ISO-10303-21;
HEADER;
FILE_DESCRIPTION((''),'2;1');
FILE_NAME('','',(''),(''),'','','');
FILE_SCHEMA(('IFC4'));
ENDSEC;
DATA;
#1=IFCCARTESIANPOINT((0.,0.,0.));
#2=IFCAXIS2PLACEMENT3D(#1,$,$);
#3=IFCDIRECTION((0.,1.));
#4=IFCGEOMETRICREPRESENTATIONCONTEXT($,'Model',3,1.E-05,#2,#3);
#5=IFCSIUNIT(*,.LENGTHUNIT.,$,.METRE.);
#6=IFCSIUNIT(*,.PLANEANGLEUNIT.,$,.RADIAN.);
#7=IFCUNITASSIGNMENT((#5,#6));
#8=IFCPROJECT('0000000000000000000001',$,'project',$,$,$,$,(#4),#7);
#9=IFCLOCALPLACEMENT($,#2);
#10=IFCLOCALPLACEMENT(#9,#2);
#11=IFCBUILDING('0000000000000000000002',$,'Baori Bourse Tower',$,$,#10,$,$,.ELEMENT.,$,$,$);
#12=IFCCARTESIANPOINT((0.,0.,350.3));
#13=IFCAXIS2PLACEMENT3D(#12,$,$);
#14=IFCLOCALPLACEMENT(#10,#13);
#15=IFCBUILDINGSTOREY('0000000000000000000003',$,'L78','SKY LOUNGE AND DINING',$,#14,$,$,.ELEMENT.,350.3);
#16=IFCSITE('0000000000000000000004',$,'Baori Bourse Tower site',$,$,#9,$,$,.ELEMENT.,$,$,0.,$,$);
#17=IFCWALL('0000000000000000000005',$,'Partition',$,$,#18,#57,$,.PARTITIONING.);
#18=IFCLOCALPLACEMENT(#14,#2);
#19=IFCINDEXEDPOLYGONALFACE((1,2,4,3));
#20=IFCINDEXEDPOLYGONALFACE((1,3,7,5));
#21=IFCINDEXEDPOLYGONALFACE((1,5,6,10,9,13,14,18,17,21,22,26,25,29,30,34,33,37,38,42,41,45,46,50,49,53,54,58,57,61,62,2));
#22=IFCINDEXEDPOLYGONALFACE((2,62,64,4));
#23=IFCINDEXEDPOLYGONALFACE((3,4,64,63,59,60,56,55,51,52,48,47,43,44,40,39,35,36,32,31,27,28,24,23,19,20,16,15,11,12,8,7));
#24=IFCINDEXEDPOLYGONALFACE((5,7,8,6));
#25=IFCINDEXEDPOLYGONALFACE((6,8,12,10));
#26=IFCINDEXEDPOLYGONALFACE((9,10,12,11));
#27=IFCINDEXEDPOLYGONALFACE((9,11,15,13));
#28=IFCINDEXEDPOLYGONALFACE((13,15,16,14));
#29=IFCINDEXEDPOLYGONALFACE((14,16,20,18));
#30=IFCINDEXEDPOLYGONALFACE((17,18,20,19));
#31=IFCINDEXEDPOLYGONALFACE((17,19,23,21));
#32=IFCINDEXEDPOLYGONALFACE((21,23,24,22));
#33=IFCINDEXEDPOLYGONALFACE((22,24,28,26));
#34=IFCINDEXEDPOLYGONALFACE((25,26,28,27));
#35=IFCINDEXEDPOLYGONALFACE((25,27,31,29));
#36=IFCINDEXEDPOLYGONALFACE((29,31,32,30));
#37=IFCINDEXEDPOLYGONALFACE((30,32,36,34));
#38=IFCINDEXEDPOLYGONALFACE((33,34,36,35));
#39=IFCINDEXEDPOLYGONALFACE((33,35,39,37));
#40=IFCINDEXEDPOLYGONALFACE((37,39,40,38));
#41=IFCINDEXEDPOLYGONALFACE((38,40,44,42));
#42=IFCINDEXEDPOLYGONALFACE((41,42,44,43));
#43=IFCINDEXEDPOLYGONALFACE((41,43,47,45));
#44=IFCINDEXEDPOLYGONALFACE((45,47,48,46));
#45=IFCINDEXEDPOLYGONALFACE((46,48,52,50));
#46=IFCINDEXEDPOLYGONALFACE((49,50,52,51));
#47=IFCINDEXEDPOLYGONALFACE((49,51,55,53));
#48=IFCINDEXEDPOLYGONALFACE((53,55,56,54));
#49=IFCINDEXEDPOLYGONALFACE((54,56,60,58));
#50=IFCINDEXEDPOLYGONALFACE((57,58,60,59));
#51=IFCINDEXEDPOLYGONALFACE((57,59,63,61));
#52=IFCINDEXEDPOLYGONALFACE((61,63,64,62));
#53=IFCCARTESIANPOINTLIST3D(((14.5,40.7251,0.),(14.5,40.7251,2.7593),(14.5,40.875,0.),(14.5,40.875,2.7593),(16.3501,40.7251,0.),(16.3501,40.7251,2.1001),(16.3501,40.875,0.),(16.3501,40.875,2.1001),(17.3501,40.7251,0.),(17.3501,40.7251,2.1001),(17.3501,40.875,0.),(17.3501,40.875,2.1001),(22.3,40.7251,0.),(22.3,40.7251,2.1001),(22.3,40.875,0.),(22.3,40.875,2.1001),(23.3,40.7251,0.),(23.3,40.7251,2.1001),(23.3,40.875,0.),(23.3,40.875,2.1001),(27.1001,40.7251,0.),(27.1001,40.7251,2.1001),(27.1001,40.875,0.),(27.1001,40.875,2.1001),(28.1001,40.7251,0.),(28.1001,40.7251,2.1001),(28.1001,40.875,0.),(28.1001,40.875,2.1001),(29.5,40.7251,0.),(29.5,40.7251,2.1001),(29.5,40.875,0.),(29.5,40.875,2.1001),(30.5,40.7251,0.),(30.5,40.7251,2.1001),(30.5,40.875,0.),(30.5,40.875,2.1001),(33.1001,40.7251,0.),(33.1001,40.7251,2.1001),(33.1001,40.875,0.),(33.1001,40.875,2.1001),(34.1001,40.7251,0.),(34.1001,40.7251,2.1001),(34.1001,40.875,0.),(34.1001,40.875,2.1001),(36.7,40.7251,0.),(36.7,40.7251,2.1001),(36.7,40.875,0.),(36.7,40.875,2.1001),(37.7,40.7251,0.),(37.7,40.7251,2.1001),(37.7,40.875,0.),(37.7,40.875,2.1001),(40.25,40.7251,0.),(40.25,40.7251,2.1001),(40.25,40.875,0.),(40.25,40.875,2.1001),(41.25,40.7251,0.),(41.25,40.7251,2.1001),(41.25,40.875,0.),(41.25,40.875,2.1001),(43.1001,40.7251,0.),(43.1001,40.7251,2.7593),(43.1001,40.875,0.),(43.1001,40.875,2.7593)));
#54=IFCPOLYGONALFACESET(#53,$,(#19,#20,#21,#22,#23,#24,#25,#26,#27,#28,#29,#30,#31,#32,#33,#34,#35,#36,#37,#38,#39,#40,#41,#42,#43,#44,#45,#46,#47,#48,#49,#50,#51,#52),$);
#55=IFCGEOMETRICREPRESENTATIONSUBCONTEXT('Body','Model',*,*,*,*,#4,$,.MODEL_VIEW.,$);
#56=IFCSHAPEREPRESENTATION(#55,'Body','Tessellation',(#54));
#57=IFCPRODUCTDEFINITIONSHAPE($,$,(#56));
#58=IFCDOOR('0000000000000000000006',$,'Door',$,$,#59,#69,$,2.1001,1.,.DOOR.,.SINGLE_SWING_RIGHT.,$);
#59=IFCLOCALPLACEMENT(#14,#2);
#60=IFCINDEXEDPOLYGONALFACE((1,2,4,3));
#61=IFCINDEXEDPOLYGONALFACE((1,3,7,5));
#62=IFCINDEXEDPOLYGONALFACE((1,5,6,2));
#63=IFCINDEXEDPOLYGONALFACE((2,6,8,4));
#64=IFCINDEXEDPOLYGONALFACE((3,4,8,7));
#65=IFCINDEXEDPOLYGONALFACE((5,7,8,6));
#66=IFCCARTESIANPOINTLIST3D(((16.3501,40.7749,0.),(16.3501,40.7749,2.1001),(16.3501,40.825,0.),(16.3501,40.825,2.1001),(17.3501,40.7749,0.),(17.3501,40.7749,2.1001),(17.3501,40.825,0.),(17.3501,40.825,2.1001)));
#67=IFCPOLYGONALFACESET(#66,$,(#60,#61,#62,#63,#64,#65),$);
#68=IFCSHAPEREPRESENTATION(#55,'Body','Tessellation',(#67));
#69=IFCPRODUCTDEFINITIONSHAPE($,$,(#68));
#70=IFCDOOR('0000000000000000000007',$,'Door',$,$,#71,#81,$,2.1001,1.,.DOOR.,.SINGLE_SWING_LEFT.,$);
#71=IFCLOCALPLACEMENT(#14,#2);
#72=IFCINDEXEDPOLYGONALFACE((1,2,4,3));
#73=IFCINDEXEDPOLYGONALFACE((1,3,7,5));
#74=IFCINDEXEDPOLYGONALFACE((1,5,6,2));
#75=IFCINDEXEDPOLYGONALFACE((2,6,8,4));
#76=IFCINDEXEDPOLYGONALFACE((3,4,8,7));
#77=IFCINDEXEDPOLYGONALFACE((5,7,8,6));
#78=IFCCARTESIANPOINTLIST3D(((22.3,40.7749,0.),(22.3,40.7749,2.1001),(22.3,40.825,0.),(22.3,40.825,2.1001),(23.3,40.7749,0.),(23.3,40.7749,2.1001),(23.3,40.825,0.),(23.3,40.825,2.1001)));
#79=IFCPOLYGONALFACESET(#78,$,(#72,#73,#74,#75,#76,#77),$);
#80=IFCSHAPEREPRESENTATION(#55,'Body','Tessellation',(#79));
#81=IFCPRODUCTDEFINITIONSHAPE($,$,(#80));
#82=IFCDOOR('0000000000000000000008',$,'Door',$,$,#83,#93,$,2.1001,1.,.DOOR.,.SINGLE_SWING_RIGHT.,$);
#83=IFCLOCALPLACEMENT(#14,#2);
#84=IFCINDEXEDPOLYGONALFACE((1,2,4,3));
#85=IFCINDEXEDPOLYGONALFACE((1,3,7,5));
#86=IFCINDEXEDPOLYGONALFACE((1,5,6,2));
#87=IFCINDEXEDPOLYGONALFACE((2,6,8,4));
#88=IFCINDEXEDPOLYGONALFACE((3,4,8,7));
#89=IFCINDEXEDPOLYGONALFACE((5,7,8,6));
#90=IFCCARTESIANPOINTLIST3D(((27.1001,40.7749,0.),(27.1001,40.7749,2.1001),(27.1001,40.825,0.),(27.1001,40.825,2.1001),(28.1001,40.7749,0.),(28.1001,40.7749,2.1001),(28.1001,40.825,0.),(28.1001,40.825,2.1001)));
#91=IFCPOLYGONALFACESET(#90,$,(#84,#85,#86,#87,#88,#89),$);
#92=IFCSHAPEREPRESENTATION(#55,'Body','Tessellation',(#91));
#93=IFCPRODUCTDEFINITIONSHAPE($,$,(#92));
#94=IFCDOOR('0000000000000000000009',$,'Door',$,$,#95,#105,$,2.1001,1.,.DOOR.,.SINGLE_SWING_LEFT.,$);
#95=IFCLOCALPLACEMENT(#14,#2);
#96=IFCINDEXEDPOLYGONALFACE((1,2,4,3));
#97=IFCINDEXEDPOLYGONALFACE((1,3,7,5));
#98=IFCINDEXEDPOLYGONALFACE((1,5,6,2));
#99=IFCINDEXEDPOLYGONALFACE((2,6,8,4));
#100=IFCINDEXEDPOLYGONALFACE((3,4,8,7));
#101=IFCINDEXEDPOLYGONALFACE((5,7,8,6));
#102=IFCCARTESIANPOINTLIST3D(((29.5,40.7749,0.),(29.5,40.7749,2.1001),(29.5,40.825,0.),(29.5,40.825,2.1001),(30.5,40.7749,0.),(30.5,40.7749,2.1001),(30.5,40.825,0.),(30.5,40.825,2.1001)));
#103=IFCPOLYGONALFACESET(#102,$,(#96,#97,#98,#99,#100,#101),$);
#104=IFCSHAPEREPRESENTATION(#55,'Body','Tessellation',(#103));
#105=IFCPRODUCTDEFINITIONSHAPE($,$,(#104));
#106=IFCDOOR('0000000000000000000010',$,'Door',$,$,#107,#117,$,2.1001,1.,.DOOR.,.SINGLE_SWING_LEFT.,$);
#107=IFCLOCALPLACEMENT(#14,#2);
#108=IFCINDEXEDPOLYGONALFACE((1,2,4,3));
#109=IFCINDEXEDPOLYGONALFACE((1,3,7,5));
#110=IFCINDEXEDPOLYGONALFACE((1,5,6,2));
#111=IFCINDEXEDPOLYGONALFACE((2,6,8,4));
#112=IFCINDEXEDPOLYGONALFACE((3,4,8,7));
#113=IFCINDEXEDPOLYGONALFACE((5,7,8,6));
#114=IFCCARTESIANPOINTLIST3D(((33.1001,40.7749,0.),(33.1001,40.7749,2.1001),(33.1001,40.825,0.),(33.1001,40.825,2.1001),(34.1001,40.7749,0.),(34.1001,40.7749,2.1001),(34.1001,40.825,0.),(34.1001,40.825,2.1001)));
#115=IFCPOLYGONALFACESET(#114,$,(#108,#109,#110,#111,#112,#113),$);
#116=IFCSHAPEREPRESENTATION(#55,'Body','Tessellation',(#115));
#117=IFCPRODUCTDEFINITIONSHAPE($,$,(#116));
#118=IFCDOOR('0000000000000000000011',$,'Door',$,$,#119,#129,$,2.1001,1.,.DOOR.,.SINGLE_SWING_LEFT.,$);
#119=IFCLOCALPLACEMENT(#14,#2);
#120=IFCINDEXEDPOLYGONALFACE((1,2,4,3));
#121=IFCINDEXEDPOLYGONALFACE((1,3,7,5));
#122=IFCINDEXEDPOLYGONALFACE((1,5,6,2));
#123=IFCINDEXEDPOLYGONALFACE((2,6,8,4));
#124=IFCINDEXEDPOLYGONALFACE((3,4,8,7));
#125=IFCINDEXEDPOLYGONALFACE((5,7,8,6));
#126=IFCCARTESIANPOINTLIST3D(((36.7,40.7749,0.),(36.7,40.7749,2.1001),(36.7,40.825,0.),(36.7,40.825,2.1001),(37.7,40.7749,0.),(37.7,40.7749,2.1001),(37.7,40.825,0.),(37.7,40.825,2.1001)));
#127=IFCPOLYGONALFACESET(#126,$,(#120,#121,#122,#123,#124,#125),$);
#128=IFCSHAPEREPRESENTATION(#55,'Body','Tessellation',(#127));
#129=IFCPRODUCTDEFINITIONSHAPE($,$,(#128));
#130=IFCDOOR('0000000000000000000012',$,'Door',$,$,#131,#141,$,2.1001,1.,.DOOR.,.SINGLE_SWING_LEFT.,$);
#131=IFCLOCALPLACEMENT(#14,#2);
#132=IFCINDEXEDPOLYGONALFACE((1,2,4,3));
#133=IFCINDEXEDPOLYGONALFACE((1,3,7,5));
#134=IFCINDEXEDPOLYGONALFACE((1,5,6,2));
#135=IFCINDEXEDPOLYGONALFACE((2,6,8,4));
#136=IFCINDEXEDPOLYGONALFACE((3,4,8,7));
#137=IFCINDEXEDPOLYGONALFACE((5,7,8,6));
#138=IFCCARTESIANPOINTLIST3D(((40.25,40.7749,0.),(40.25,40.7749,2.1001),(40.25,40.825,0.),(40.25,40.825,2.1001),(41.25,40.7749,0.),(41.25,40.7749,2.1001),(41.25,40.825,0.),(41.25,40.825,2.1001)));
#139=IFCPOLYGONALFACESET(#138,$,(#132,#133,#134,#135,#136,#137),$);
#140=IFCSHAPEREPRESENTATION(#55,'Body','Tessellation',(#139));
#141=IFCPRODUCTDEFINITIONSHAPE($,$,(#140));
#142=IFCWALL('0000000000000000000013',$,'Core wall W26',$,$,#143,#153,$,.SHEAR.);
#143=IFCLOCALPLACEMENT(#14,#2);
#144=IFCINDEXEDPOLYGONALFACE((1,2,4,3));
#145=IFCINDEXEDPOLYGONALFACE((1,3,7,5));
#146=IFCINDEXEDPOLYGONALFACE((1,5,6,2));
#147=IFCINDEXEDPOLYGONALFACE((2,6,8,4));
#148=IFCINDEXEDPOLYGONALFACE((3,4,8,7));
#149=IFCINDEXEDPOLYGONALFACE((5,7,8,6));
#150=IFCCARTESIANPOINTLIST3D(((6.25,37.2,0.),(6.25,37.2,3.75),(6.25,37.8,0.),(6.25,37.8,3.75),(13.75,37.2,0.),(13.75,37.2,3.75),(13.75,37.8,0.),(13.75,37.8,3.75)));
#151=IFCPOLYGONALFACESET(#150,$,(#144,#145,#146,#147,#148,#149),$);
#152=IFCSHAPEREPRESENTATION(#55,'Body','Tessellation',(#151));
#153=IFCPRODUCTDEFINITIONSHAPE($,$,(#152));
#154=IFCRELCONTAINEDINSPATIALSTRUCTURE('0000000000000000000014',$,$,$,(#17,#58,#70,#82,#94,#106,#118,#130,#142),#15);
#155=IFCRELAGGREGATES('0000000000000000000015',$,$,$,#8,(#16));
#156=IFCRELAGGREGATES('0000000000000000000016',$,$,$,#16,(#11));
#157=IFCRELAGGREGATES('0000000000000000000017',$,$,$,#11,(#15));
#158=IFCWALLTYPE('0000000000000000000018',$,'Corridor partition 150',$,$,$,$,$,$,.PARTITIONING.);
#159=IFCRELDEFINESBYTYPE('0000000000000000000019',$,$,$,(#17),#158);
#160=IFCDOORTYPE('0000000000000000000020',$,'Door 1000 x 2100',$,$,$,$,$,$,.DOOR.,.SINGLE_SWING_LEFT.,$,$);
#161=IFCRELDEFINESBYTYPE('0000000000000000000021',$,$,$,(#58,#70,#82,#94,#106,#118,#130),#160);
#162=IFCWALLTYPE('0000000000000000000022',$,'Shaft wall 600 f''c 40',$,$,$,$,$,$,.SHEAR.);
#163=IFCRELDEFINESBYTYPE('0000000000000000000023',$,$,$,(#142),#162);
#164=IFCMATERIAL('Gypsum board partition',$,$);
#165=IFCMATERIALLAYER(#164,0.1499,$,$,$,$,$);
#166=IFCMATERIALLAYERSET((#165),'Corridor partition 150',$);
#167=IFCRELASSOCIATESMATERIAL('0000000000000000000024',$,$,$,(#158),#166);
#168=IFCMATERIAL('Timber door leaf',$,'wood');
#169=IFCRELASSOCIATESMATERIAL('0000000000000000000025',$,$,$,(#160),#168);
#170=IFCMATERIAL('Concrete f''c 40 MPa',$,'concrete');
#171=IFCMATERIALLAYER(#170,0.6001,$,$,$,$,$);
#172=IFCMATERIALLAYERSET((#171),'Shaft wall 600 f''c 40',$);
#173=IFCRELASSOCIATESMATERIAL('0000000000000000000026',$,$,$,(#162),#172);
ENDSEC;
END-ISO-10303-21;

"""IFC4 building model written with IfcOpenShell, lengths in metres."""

from ifc_helpers import new_model, si_unit, direction, frame, frame_2d, origin, place, context, subcontext, project, spatial, rectangle, extrude, material, layer, layer_set, type_object, element, fill, save


model = new_model("IFC4")

# Units and contexts
model_context = context("Model", 3, precision=1e-05, world=origin(), true_north=direction((0.0, 1.0)))
body_context = subcontext(model_context, "Body", "Model", "MODEL_VIEW")
ifc_project = project(units=[si_unit("LENGTHUNIT", "METRE"), si_unit("PLANEANGLEUNIT", "RADIAN")], contexts=[model_context])

# Site, building, storey
site_placement = place(None, origin())
site = spatial("IfcSite", under=ifc_project, at=site_placement, Name="Baori Bourse Tower site", CompositionType="ELEMENT", RefElevation=0.0)
building_placement = place(site_placement, origin())
building = spatial("IfcBuilding", under=site, at=building_placement, Name="Baori Bourse Tower", CompositionType="ELEMENT")
storey_placement = place(building_placement, frame((0.0, 0.0, 350.3)))
storey = spatial("IfcBuildingStorey", under=building, at=storey_placement, Name="L78", Description="SKY LOUNGE AND DINING", CompositionType="ELEMENT", Elevation=350.3)

# Wall, openings, doors
ifc_material_1 = material(Name="Gypsum board partition")
ifc_layer_1 = layer(ifc_material_1, 0.1499)
ifc_layer_set_1 = layer_set([ifc_layer_1], Name="Corridor partition 150")
wall_type_1 = type_object("IfcWallType", Name="Corridor partition 150", PredefinedType="PARTITIONING", material=ifc_layer_set_1)
wall_1_placement = place(storey_placement, frame((14.5, 40.8, 0.0), z_axis=(0.0, 0.0, 1.0), x_axis=(1.0, 0.0, 0.0)))
wall_1 = element("IfcWall", 1, at=wall_1_placement, inside=storey, type_object=wall_type_1, Name="Partition", PredefinedType="PARTITIONING", context=body_context, shape_type="SweptSolid", body=[
    extrude(rectangle(XDim=28.6001, YDim=0.1499, at=frame_2d((14.3, 0.0))), origin(), (0.0, 0.0, 1.0), 2.7593),
])
opening_1_placement = place(wall_1_placement, frame((1.8501, 0.0, 0.0)))
opening_1 = element("IfcOpeningElement", 2, at=opening_1_placement, cuts=wall_1, PredefinedType="OPENING", context=body_context, shape_type="SweptSolid", body=[
    extrude(rectangle(XDim=1.0, YDim=2.1001, at=frame_2d((0.5, 1.05))), frame((0.0, 0.085, 0.0), z_axis=(0.0, -1.0, 0.0), x_axis=(1.0, 0.0, 0.0)), (0.0, 0.0, 1.0), 0.1699),
])
opening_2_placement = place(wall_1_placement, frame((7.8, 0.0, 0.0)))
opening_2 = element("IfcOpeningElement", 3, at=opening_2_placement, cuts=wall_1, PredefinedType="OPENING", context=body_context, shape_type="SweptSolid", body=[
    extrude(rectangle(XDim=1.0, YDim=2.1001, at=frame_2d((0.5, 1.05))), frame((0.0, 0.085, 0.0), z_axis=(0.0, -1.0, 0.0), x_axis=(1.0, 0.0, 0.0)), (0.0, 0.0, 1.0), 0.1699),
])
opening_3_placement = place(wall_1_placement, frame((12.6001, 0.0, 0.0)))
opening_3 = element("IfcOpeningElement", 4, at=opening_3_placement, cuts=wall_1, PredefinedType="OPENING", context=body_context, shape_type="SweptSolid", body=[
    extrude(rectangle(XDim=1.0, YDim=2.1001, at=frame_2d((0.5, 1.05))), frame((0.0, 0.085, 0.0), z_axis=(0.0, -1.0, 0.0), x_axis=(1.0, 0.0, 0.0)), (0.0, 0.0, 1.0), 0.1699),
])
opening_4_placement = place(wall_1_placement, frame((15.0, 0.0, 0.0)))
opening_4 = element("IfcOpeningElement", 5, at=opening_4_placement, cuts=wall_1, PredefinedType="OPENING", context=body_context, shape_type="SweptSolid", body=[
    extrude(rectangle(XDim=1.0, YDim=2.1001, at=frame_2d((0.5, 1.05))), frame((0.0, 0.085, 0.0), z_axis=(0.0, -1.0, 0.0), x_axis=(1.0, 0.0, 0.0)), (0.0, 0.0, 1.0), 0.1699),
])
opening_5_placement = place(wall_1_placement, frame((18.6001, 0.0, 0.0)))
opening_5 = element("IfcOpeningElement", 6, at=opening_5_placement, cuts=wall_1, PredefinedType="OPENING", context=body_context, shape_type="SweptSolid", body=[
    extrude(rectangle(XDim=1.0, YDim=2.1001, at=frame_2d((0.5, 1.05))), frame((0.0, 0.085, 0.0), z_axis=(0.0, -1.0, 0.0), x_axis=(1.0, 0.0, 0.0)), (0.0, 0.0, 1.0), 0.1699),
])
opening_6_placement = place(wall_1_placement, frame((22.2, 0.0, 0.0)))
opening_6 = element("IfcOpeningElement", 7, at=opening_6_placement, cuts=wall_1, PredefinedType="OPENING", context=body_context, shape_type="SweptSolid", body=[
    extrude(rectangle(XDim=1.0, YDim=2.1001, at=frame_2d((0.5, 1.05))), frame((0.0, 0.085, 0.0), z_axis=(0.0, -1.0, 0.0), x_axis=(1.0, 0.0, 0.0)), (0.0, 0.0, 1.0), 0.1699),
])
opening_7_placement = place(wall_1_placement, frame((25.75, 0.0, 0.0)))
opening_7 = element("IfcOpeningElement", 8, at=opening_7_placement, cuts=wall_1, PredefinedType="OPENING", context=body_context, shape_type="SweptSolid", body=[
    extrude(rectangle(XDim=1.0, YDim=2.1001, at=frame_2d((0.5, 1.05))), frame((0.0, 0.085, 0.0), z_axis=(0.0, -1.0, 0.0), x_axis=(1.0, 0.0, 0.0)), (0.0, 0.0, 1.0), 0.1699),
])
ifc_material_2 = material(Name="Timber door leaf", Category="wood")
door_type_1 = type_object("IfcDoorType", Name="Door 1000 x 2100", OperationType="SINGLE_SWING_LEFT", PredefinedType="DOOR", material=ifc_material_2)
door_1_placement = place(opening_1_placement, origin())
door_1 = element("IfcDoor", 9, at=door_1_placement, inside=storey, type_object=door_type_1, Name="Door", OperationType="SINGLE_SWING_RIGHT", OverallHeight=2.1001, OverallWidth=1.0, PredefinedType="DOOR", context=body_context, shape_type="SweptSolid", body=[
    extrude(rectangle(XDim=1.0, YDim=2.1001, at=frame_2d((0.5, 1.05))), frame((0.0, 0.0249, 0.0), z_axis=(0.0, -1.0, 0.0), x_axis=(1.0, 0.0, 0.0)), (0.0, 0.0, 1.0), 0.05),
])
fill(opening_1, door_1)
door_2_placement = place(opening_2_placement, origin())
door_2 = element("IfcDoor", 10, at=door_2_placement, inside=storey, type_object=door_type_1, Name="Door", OperationType="SINGLE_SWING_LEFT", OverallHeight=2.1001, OverallWidth=1.0, PredefinedType="DOOR", context=body_context, shape_type="SweptSolid", body=[
    extrude(rectangle(XDim=1.0, YDim=2.1001, at=frame_2d((0.5, 1.05))), frame((0.0, 0.0249, 0.0), z_axis=(0.0, -1.0, 0.0), x_axis=(1.0, 0.0, 0.0)), (0.0, 0.0, 1.0), 0.05),
])
fill(opening_2, door_2)
door_3_placement = place(opening_3_placement, origin())
door_3 = element("IfcDoor", 11, at=door_3_placement, inside=storey, type_object=door_type_1, Name="Door", OperationType="SINGLE_SWING_RIGHT", OverallHeight=2.1001, OverallWidth=1.0, PredefinedType="DOOR", context=body_context, shape_type="SweptSolid", body=[
    extrude(rectangle(XDim=1.0, YDim=2.1001, at=frame_2d((0.5, 1.05))), frame((0.0, 0.0249, 0.0), z_axis=(0.0, -1.0, 0.0), x_axis=(1.0, 0.0, 0.0)), (0.0, 0.0, 1.0), 0.05),
])
fill(opening_3, door_3)
door_4_placement = place(opening_4_placement, origin())
door_4 = element("IfcDoor", 12, at=door_4_placement, inside=storey, type_object=door_type_1, Name="Door", OperationType="SINGLE_SWING_LEFT", OverallHeight=2.1001, OverallWidth=1.0, PredefinedType="DOOR", context=body_context, shape_type="SweptSolid", body=[
    extrude(rectangle(XDim=1.0, YDim=2.1001, at=frame_2d((0.5, 1.05))), frame((0.0, 0.0249, 0.0), z_axis=(0.0, -1.0, 0.0), x_axis=(1.0, 0.0, 0.0)), (0.0, 0.0, 1.0), 0.05),
])
fill(opening_4, door_4)
door_5_placement = place(opening_5_placement, origin())
door_5 = element("IfcDoor", 13, at=door_5_placement, inside=storey, type_object=door_type_1, Name="Door", OperationType="SINGLE_SWING_LEFT", OverallHeight=2.1001, OverallWidth=1.0, PredefinedType="DOOR", context=body_context, shape_type="SweptSolid", body=[
    extrude(rectangle(XDim=1.0, YDim=2.1001, at=frame_2d((0.5, 1.05))), frame((0.0, 0.0249, 0.0), z_axis=(0.0, -1.0, 0.0), x_axis=(1.0, 0.0, 0.0)), (0.0, 0.0, 1.0), 0.05),
])
fill(opening_5, door_5)
door_6_placement = place(opening_6_placement, origin())
door_6 = element("IfcDoor", 14, at=door_6_placement, inside=storey, type_object=door_type_1, Name="Door", OperationType="SINGLE_SWING_LEFT", OverallHeight=2.1001, OverallWidth=1.0, PredefinedType="DOOR", context=body_context, shape_type="SweptSolid", body=[
    extrude(rectangle(XDim=1.0, YDim=2.1001, at=frame_2d((0.5, 1.05))), frame((0.0, 0.0249, 0.0), z_axis=(0.0, -1.0, 0.0), x_axis=(1.0, 0.0, 0.0)), (0.0, 0.0, 1.0), 0.05),
])
fill(opening_6, door_6)
door_7_placement = place(opening_7_placement, origin())
door_7 = element("IfcDoor", 15, at=door_7_placement, inside=storey, type_object=door_type_1, Name="Door", OperationType="SINGLE_SWING_LEFT", OverallHeight=2.1001, OverallWidth=1.0, PredefinedType="DOOR", context=body_context, shape_type="SweptSolid", body=[
    extrude(rectangle(XDim=1.0, YDim=2.1001, at=frame_2d((0.5, 1.05))), frame((0.0, 0.0249, 0.0), z_axis=(0.0, -1.0, 0.0), x_axis=(1.0, 0.0, 0.0)), (0.0, 0.0, 1.0), 0.05),
])
fill(opening_7, door_7)

# Wall
ifc_material_3 = material(Name="Concrete f'c 40 MPa", Category="concrete")
ifc_layer_2 = layer(ifc_material_3, 0.6001)
ifc_layer_set_2 = layer_set([ifc_layer_2], Name="Shaft wall 600 f'c 40")
wall_type_2 = type_object("IfcWallType", Name="Shaft wall 600 f'c 40", PredefinedType="SHEAR", material=ifc_layer_set_2)
wall_2_placement = place(storey_placement, frame((6.25, 37.5, 0.0), z_axis=(0.0, 0.0, 1.0), x_axis=(1.0, 0.0, 0.0)))
element("IfcWall", 16, at=wall_2_placement, inside=storey, type_object=wall_type_2, Name="Core wall W26", PredefinedType="SHEAR", context=body_context, shape_type="SweptSolid", body=[
    extrude(rectangle(XDim=7.5, YDim=0.6001, at=frame_2d((3.75, 0.0))), origin(), (0.0, 0.0, 1.0), 3.75),
])

save(model, "model.ifc")
